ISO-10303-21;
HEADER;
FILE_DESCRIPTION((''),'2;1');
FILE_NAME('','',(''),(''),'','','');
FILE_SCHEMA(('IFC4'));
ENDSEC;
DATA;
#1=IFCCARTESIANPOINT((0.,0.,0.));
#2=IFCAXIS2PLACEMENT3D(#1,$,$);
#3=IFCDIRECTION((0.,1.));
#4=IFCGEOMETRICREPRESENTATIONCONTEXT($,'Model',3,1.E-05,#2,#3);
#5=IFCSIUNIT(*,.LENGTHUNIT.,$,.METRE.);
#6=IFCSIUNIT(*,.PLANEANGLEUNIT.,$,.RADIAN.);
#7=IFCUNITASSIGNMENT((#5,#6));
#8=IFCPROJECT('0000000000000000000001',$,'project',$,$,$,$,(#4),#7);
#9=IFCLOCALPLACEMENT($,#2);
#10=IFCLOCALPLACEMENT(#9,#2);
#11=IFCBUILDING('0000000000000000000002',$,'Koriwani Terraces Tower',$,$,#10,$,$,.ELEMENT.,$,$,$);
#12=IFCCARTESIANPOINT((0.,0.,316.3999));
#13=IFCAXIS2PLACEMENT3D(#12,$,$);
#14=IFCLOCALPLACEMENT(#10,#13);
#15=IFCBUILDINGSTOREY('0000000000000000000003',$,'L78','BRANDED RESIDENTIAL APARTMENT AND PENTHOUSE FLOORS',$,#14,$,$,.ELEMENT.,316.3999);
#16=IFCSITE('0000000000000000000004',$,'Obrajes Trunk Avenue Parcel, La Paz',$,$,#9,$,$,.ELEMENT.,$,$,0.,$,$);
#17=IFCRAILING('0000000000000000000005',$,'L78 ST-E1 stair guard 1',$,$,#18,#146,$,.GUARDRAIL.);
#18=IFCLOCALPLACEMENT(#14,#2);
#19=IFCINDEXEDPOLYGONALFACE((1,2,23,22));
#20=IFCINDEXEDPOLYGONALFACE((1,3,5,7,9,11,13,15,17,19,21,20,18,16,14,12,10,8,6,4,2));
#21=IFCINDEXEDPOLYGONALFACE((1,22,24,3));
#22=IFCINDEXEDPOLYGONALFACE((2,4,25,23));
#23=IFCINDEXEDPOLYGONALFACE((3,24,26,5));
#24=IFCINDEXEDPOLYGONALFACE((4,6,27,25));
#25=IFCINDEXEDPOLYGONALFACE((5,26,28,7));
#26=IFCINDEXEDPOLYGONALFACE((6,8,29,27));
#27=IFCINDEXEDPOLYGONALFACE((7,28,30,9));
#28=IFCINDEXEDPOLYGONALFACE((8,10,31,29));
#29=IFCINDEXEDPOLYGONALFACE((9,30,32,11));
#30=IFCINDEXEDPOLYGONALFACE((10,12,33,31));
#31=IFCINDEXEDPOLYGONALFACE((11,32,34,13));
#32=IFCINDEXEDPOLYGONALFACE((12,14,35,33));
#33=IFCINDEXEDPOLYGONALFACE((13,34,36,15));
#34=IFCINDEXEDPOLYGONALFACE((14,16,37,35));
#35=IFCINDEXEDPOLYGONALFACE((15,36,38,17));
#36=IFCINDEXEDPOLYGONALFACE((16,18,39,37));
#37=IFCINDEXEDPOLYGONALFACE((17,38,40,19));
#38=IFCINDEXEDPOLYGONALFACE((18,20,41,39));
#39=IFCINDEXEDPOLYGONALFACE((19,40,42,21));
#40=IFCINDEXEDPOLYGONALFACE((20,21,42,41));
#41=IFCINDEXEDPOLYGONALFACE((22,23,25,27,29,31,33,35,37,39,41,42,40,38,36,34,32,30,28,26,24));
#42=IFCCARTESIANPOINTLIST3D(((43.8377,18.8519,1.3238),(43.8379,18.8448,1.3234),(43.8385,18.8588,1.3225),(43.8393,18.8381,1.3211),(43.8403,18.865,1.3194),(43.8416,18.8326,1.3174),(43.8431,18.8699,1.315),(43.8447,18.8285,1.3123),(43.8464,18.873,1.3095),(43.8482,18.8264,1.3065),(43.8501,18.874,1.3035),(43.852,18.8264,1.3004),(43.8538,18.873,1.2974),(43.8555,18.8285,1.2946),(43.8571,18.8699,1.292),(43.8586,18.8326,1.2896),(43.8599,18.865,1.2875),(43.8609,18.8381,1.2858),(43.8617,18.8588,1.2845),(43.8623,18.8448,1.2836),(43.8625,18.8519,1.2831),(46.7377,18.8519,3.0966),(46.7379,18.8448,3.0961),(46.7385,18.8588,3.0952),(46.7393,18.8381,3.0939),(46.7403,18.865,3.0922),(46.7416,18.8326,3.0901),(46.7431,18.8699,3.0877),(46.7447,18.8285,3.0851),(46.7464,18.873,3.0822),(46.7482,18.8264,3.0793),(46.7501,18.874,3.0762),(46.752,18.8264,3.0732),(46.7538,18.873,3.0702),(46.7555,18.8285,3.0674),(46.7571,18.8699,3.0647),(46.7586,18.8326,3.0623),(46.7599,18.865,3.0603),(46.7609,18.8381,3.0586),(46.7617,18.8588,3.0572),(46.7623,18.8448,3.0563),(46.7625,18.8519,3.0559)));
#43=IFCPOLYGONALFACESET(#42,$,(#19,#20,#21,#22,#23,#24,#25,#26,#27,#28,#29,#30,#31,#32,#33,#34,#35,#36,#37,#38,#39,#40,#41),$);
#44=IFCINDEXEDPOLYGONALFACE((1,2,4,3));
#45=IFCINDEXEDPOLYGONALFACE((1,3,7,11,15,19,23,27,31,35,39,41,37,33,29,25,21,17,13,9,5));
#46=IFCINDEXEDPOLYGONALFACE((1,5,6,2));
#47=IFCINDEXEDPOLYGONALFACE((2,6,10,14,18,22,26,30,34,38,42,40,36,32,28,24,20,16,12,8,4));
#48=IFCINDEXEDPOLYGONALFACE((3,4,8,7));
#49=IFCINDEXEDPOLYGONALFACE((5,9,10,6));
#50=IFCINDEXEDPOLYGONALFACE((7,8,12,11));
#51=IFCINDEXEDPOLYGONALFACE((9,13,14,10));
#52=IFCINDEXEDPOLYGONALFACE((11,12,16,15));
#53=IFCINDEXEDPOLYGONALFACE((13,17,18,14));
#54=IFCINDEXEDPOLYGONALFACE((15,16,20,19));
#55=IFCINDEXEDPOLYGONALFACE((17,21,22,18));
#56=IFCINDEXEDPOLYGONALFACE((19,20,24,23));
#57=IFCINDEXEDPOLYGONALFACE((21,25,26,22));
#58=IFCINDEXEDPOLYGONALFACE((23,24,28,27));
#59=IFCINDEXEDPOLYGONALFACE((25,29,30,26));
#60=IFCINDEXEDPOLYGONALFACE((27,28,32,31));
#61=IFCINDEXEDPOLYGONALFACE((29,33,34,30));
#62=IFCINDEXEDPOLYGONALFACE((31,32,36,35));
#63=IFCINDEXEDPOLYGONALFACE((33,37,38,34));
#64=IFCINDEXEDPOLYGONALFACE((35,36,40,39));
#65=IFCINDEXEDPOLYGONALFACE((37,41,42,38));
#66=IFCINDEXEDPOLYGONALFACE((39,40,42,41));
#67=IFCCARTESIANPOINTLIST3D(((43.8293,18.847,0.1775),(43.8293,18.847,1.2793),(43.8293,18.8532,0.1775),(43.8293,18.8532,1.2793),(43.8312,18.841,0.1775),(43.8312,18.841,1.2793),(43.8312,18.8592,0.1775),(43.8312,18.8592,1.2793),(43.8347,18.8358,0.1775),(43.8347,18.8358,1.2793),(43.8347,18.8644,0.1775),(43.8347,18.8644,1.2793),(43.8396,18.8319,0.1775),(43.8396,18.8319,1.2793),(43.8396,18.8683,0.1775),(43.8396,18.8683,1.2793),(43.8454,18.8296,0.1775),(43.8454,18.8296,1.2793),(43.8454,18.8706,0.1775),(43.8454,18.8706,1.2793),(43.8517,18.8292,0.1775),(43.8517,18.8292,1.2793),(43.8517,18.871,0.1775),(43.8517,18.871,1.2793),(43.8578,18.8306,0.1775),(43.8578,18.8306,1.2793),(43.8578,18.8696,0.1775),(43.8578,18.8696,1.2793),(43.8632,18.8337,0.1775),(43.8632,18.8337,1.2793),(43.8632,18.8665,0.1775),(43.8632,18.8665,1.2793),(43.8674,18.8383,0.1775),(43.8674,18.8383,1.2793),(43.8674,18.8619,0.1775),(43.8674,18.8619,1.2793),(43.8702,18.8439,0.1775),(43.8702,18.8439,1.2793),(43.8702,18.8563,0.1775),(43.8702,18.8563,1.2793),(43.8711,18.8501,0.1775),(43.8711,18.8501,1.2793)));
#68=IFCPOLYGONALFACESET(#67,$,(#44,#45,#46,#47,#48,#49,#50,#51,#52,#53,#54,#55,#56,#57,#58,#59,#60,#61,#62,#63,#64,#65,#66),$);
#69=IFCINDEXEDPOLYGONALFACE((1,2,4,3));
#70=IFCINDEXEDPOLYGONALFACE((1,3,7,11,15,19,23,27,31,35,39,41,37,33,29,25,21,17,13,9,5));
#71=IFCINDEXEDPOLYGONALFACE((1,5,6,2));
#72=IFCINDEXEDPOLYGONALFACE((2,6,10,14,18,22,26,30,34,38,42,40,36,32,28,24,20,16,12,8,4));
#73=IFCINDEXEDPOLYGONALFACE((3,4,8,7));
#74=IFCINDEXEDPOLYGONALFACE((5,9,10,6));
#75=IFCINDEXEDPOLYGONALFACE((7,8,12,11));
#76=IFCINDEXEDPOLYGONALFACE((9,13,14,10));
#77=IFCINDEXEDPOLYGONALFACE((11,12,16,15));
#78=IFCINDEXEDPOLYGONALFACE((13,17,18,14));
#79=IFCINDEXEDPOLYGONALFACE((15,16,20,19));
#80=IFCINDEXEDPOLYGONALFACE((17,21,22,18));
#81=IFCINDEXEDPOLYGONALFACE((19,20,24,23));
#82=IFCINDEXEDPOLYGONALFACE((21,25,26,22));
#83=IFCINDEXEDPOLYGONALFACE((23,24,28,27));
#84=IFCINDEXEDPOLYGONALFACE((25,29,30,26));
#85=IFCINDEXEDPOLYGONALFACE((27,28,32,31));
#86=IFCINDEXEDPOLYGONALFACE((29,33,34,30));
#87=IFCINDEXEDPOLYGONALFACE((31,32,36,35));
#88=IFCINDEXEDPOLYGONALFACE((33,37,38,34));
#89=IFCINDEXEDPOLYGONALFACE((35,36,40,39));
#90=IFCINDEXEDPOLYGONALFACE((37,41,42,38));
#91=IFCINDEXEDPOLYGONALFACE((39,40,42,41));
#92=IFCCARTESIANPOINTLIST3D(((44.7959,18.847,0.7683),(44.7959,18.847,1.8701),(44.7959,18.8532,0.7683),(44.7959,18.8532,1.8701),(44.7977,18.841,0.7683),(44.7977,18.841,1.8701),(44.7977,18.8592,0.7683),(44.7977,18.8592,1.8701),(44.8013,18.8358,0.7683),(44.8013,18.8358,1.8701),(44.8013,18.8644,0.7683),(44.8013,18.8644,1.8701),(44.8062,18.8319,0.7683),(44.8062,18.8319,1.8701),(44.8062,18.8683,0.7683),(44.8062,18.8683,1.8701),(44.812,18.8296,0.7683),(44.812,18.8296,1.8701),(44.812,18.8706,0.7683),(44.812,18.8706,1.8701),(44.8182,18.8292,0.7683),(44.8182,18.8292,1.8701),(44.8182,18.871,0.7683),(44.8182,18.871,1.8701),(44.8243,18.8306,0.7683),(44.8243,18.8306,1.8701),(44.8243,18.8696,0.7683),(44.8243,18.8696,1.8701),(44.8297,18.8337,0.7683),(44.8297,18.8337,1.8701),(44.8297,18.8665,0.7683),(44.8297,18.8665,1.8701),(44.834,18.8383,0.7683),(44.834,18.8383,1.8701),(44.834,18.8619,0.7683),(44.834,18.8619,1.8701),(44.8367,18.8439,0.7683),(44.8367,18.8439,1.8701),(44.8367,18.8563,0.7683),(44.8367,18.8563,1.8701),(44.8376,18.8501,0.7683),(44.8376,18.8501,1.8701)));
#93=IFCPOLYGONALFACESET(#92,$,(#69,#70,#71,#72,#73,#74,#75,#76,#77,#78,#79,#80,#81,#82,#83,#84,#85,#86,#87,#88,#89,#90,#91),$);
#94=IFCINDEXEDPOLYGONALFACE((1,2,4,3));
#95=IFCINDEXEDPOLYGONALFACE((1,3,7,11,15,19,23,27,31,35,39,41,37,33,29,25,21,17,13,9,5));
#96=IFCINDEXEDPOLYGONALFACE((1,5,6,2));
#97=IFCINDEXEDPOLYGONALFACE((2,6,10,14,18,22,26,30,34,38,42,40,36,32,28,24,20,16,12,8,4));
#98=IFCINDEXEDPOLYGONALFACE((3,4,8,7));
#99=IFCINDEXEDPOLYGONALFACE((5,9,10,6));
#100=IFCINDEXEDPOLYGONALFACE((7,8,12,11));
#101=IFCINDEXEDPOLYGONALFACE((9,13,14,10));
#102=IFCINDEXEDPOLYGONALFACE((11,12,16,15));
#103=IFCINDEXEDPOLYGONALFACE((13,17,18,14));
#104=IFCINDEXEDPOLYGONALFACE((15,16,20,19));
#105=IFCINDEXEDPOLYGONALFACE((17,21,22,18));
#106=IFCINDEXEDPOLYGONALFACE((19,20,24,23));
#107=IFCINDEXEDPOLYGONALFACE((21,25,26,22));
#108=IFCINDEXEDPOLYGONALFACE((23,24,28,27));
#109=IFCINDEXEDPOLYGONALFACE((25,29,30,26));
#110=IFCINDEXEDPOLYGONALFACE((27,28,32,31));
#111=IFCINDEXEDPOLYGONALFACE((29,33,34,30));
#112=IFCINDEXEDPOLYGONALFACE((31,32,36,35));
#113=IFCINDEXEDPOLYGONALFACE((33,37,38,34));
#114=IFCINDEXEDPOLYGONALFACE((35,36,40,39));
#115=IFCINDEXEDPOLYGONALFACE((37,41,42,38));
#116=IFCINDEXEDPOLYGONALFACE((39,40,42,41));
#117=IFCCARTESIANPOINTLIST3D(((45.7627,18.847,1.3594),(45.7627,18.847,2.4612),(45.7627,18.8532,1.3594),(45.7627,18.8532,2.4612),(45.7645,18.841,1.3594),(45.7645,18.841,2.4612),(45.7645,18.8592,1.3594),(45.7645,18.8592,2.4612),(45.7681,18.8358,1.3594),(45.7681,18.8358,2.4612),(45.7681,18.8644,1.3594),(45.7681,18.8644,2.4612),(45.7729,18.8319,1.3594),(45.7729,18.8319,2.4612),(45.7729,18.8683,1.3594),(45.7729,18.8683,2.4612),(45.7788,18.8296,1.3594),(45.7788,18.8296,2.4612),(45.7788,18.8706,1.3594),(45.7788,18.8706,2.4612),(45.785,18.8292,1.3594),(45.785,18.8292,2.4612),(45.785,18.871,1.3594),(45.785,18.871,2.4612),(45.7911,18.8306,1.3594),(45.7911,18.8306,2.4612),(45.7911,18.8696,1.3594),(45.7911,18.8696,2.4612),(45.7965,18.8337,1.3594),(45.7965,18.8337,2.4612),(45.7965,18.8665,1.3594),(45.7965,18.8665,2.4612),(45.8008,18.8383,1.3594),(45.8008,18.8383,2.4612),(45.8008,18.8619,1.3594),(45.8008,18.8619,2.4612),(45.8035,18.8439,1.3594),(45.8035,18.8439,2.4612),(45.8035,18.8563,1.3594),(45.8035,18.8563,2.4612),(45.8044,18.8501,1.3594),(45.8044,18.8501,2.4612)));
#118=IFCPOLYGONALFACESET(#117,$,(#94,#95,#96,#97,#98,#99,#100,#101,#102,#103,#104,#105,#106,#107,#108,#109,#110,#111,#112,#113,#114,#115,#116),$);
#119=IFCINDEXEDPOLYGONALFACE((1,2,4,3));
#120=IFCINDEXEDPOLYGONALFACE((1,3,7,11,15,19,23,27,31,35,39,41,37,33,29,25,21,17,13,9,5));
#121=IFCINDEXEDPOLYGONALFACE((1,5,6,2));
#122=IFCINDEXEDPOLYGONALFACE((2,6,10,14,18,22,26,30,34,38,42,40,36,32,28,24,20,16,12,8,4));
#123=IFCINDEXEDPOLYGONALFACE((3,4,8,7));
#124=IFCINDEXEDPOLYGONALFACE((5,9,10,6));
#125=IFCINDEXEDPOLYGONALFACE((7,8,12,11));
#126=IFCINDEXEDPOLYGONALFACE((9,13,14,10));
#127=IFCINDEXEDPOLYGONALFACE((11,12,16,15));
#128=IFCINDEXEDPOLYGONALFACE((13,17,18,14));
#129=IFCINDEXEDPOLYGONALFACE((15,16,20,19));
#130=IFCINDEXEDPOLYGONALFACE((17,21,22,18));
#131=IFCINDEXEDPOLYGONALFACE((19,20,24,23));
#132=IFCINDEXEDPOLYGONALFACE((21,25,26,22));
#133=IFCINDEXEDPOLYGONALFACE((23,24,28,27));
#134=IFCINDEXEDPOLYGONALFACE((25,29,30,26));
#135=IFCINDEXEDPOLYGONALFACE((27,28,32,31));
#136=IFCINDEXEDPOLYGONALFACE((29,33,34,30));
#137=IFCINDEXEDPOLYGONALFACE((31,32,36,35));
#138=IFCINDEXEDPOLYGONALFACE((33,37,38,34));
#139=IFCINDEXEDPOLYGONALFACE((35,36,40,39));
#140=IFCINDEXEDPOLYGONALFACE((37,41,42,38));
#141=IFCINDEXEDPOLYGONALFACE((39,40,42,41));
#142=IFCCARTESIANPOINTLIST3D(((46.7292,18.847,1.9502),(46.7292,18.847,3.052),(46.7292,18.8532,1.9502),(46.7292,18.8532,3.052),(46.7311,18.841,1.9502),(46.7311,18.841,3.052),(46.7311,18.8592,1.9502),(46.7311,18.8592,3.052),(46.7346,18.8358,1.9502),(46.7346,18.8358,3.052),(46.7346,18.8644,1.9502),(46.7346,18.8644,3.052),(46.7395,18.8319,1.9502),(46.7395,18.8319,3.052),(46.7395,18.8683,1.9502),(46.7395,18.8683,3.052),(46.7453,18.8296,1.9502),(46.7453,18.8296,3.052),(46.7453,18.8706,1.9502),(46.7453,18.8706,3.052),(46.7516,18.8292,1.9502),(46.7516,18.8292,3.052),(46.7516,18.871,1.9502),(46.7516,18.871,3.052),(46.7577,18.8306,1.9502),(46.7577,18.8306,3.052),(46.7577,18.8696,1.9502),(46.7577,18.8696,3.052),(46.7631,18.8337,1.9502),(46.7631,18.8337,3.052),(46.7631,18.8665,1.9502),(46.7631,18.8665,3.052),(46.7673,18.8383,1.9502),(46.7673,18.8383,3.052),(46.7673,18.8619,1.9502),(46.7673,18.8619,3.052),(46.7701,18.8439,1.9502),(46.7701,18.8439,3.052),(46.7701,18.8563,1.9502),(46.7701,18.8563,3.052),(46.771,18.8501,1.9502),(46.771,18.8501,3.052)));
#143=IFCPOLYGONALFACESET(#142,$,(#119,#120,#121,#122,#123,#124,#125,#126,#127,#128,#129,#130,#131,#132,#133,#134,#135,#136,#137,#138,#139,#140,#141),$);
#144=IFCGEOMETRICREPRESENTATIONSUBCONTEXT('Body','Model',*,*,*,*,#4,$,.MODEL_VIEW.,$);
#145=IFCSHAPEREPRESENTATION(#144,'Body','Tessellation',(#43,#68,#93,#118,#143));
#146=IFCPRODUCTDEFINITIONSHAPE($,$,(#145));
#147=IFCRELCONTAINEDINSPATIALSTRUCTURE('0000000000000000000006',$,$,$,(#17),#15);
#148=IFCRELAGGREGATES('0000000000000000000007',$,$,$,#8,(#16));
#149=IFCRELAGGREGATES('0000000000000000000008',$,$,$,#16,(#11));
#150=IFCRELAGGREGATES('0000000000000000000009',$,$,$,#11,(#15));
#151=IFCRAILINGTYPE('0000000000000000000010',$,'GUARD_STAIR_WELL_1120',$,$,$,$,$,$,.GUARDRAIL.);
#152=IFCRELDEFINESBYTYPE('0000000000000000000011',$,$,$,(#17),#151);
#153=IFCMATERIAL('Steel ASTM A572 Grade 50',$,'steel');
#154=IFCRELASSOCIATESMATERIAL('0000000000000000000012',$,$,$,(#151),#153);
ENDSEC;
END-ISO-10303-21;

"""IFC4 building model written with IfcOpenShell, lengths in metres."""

from ifc_helpers import new_model, si_unit, direction, frame, origin, origin_2d, place, context, subcontext, project, spatial, circle, extrude, material, type_object, element, save


model = new_model("IFC4")

# Units and contexts
model_context = context("Model", 3, precision=1e-05, world=origin(), true_north=direction((0.0, 1.0)))
body_context = subcontext(model_context, "Body", "Model", "MODEL_VIEW")
ifc_project = project(units=[si_unit("LENGTHUNIT", "METRE"), si_unit("PLANEANGLEUNIT", "RADIAN")], contexts=[model_context])

# Site, building, storey
site_placement = place(None, origin())
site = spatial("IfcSite", under=ifc_project, at=site_placement, Name="Obrajes Trunk Avenue Parcel, La Paz", CompositionType="ELEMENT", RefElevation=0.0)
building_placement = place(site_placement, origin())
building = spatial("IfcBuilding", under=site, at=building_placement, Name="Koriwani Terraces Tower", CompositionType="ELEMENT")
storey_placement = place(building_placement, frame((0.0, 0.0, 316.3999)))
storey = spatial("IfcBuildingStorey", under=building, at=storey_placement, Name="L78", Description="BRANDED RESIDENTIAL APARTMENT AND PENTHOUSE FLOORS", CompositionType="ELEMENT", Elevation=316.3999)

# Shared definitions
ifc_material_1 = material(Name="Steel ASTM A572 Grade 50", Category="steel")

# Railing
railing_type_1 = type_object("IfcRailingType", Name="GUARD_STAIR_WELL_1120", PredefinedType="GUARDRAIL", material=ifc_material_1)
railing_1_placement = place(storey_placement, frame((43.8501, 18.8501, 0.1775)))
element("IfcRailing", 1, at=railing_1_placement, inside=storey, type_object=railing_type_1, Name="L78 ST-E1 stair guard 1", PredefinedType="GUARDRAIL", context=body_context, shape_type="SweptSolid", body=[
    extrude(circle(Radius=0.0239, at=origin_2d()), frame((0.0, 0.0, 1.126), z_axis=(0.853211, 0.0, 0.521566), x_axis=(0.0, 1.0, 0.0)), (0.0, 0.0, 1.0), 3.3989),
    extrude(circle(Radius=0.021, at=origin_2d()), origin(), (0.0, 0.0, 1.0), 1.1018),
    extrude(circle(Radius=0.021, at=origin_2d()), frame((0.9666, 0.0, 0.5908)), (0.0, 0.0, 1.0), 1.1018),
    extrude(circle(Radius=0.021, at=origin_2d()), frame((1.9333, 0.0, 1.1819)), (0.0, 0.0, 1.0), 1.1018),
    extrude(circle(Radius=0.021, at=origin_2d()), frame((2.8999, 0.0, 1.7727)), (0.0, 0.0, 1.0), 1.1018),
])

save(model, "model.ifc")
